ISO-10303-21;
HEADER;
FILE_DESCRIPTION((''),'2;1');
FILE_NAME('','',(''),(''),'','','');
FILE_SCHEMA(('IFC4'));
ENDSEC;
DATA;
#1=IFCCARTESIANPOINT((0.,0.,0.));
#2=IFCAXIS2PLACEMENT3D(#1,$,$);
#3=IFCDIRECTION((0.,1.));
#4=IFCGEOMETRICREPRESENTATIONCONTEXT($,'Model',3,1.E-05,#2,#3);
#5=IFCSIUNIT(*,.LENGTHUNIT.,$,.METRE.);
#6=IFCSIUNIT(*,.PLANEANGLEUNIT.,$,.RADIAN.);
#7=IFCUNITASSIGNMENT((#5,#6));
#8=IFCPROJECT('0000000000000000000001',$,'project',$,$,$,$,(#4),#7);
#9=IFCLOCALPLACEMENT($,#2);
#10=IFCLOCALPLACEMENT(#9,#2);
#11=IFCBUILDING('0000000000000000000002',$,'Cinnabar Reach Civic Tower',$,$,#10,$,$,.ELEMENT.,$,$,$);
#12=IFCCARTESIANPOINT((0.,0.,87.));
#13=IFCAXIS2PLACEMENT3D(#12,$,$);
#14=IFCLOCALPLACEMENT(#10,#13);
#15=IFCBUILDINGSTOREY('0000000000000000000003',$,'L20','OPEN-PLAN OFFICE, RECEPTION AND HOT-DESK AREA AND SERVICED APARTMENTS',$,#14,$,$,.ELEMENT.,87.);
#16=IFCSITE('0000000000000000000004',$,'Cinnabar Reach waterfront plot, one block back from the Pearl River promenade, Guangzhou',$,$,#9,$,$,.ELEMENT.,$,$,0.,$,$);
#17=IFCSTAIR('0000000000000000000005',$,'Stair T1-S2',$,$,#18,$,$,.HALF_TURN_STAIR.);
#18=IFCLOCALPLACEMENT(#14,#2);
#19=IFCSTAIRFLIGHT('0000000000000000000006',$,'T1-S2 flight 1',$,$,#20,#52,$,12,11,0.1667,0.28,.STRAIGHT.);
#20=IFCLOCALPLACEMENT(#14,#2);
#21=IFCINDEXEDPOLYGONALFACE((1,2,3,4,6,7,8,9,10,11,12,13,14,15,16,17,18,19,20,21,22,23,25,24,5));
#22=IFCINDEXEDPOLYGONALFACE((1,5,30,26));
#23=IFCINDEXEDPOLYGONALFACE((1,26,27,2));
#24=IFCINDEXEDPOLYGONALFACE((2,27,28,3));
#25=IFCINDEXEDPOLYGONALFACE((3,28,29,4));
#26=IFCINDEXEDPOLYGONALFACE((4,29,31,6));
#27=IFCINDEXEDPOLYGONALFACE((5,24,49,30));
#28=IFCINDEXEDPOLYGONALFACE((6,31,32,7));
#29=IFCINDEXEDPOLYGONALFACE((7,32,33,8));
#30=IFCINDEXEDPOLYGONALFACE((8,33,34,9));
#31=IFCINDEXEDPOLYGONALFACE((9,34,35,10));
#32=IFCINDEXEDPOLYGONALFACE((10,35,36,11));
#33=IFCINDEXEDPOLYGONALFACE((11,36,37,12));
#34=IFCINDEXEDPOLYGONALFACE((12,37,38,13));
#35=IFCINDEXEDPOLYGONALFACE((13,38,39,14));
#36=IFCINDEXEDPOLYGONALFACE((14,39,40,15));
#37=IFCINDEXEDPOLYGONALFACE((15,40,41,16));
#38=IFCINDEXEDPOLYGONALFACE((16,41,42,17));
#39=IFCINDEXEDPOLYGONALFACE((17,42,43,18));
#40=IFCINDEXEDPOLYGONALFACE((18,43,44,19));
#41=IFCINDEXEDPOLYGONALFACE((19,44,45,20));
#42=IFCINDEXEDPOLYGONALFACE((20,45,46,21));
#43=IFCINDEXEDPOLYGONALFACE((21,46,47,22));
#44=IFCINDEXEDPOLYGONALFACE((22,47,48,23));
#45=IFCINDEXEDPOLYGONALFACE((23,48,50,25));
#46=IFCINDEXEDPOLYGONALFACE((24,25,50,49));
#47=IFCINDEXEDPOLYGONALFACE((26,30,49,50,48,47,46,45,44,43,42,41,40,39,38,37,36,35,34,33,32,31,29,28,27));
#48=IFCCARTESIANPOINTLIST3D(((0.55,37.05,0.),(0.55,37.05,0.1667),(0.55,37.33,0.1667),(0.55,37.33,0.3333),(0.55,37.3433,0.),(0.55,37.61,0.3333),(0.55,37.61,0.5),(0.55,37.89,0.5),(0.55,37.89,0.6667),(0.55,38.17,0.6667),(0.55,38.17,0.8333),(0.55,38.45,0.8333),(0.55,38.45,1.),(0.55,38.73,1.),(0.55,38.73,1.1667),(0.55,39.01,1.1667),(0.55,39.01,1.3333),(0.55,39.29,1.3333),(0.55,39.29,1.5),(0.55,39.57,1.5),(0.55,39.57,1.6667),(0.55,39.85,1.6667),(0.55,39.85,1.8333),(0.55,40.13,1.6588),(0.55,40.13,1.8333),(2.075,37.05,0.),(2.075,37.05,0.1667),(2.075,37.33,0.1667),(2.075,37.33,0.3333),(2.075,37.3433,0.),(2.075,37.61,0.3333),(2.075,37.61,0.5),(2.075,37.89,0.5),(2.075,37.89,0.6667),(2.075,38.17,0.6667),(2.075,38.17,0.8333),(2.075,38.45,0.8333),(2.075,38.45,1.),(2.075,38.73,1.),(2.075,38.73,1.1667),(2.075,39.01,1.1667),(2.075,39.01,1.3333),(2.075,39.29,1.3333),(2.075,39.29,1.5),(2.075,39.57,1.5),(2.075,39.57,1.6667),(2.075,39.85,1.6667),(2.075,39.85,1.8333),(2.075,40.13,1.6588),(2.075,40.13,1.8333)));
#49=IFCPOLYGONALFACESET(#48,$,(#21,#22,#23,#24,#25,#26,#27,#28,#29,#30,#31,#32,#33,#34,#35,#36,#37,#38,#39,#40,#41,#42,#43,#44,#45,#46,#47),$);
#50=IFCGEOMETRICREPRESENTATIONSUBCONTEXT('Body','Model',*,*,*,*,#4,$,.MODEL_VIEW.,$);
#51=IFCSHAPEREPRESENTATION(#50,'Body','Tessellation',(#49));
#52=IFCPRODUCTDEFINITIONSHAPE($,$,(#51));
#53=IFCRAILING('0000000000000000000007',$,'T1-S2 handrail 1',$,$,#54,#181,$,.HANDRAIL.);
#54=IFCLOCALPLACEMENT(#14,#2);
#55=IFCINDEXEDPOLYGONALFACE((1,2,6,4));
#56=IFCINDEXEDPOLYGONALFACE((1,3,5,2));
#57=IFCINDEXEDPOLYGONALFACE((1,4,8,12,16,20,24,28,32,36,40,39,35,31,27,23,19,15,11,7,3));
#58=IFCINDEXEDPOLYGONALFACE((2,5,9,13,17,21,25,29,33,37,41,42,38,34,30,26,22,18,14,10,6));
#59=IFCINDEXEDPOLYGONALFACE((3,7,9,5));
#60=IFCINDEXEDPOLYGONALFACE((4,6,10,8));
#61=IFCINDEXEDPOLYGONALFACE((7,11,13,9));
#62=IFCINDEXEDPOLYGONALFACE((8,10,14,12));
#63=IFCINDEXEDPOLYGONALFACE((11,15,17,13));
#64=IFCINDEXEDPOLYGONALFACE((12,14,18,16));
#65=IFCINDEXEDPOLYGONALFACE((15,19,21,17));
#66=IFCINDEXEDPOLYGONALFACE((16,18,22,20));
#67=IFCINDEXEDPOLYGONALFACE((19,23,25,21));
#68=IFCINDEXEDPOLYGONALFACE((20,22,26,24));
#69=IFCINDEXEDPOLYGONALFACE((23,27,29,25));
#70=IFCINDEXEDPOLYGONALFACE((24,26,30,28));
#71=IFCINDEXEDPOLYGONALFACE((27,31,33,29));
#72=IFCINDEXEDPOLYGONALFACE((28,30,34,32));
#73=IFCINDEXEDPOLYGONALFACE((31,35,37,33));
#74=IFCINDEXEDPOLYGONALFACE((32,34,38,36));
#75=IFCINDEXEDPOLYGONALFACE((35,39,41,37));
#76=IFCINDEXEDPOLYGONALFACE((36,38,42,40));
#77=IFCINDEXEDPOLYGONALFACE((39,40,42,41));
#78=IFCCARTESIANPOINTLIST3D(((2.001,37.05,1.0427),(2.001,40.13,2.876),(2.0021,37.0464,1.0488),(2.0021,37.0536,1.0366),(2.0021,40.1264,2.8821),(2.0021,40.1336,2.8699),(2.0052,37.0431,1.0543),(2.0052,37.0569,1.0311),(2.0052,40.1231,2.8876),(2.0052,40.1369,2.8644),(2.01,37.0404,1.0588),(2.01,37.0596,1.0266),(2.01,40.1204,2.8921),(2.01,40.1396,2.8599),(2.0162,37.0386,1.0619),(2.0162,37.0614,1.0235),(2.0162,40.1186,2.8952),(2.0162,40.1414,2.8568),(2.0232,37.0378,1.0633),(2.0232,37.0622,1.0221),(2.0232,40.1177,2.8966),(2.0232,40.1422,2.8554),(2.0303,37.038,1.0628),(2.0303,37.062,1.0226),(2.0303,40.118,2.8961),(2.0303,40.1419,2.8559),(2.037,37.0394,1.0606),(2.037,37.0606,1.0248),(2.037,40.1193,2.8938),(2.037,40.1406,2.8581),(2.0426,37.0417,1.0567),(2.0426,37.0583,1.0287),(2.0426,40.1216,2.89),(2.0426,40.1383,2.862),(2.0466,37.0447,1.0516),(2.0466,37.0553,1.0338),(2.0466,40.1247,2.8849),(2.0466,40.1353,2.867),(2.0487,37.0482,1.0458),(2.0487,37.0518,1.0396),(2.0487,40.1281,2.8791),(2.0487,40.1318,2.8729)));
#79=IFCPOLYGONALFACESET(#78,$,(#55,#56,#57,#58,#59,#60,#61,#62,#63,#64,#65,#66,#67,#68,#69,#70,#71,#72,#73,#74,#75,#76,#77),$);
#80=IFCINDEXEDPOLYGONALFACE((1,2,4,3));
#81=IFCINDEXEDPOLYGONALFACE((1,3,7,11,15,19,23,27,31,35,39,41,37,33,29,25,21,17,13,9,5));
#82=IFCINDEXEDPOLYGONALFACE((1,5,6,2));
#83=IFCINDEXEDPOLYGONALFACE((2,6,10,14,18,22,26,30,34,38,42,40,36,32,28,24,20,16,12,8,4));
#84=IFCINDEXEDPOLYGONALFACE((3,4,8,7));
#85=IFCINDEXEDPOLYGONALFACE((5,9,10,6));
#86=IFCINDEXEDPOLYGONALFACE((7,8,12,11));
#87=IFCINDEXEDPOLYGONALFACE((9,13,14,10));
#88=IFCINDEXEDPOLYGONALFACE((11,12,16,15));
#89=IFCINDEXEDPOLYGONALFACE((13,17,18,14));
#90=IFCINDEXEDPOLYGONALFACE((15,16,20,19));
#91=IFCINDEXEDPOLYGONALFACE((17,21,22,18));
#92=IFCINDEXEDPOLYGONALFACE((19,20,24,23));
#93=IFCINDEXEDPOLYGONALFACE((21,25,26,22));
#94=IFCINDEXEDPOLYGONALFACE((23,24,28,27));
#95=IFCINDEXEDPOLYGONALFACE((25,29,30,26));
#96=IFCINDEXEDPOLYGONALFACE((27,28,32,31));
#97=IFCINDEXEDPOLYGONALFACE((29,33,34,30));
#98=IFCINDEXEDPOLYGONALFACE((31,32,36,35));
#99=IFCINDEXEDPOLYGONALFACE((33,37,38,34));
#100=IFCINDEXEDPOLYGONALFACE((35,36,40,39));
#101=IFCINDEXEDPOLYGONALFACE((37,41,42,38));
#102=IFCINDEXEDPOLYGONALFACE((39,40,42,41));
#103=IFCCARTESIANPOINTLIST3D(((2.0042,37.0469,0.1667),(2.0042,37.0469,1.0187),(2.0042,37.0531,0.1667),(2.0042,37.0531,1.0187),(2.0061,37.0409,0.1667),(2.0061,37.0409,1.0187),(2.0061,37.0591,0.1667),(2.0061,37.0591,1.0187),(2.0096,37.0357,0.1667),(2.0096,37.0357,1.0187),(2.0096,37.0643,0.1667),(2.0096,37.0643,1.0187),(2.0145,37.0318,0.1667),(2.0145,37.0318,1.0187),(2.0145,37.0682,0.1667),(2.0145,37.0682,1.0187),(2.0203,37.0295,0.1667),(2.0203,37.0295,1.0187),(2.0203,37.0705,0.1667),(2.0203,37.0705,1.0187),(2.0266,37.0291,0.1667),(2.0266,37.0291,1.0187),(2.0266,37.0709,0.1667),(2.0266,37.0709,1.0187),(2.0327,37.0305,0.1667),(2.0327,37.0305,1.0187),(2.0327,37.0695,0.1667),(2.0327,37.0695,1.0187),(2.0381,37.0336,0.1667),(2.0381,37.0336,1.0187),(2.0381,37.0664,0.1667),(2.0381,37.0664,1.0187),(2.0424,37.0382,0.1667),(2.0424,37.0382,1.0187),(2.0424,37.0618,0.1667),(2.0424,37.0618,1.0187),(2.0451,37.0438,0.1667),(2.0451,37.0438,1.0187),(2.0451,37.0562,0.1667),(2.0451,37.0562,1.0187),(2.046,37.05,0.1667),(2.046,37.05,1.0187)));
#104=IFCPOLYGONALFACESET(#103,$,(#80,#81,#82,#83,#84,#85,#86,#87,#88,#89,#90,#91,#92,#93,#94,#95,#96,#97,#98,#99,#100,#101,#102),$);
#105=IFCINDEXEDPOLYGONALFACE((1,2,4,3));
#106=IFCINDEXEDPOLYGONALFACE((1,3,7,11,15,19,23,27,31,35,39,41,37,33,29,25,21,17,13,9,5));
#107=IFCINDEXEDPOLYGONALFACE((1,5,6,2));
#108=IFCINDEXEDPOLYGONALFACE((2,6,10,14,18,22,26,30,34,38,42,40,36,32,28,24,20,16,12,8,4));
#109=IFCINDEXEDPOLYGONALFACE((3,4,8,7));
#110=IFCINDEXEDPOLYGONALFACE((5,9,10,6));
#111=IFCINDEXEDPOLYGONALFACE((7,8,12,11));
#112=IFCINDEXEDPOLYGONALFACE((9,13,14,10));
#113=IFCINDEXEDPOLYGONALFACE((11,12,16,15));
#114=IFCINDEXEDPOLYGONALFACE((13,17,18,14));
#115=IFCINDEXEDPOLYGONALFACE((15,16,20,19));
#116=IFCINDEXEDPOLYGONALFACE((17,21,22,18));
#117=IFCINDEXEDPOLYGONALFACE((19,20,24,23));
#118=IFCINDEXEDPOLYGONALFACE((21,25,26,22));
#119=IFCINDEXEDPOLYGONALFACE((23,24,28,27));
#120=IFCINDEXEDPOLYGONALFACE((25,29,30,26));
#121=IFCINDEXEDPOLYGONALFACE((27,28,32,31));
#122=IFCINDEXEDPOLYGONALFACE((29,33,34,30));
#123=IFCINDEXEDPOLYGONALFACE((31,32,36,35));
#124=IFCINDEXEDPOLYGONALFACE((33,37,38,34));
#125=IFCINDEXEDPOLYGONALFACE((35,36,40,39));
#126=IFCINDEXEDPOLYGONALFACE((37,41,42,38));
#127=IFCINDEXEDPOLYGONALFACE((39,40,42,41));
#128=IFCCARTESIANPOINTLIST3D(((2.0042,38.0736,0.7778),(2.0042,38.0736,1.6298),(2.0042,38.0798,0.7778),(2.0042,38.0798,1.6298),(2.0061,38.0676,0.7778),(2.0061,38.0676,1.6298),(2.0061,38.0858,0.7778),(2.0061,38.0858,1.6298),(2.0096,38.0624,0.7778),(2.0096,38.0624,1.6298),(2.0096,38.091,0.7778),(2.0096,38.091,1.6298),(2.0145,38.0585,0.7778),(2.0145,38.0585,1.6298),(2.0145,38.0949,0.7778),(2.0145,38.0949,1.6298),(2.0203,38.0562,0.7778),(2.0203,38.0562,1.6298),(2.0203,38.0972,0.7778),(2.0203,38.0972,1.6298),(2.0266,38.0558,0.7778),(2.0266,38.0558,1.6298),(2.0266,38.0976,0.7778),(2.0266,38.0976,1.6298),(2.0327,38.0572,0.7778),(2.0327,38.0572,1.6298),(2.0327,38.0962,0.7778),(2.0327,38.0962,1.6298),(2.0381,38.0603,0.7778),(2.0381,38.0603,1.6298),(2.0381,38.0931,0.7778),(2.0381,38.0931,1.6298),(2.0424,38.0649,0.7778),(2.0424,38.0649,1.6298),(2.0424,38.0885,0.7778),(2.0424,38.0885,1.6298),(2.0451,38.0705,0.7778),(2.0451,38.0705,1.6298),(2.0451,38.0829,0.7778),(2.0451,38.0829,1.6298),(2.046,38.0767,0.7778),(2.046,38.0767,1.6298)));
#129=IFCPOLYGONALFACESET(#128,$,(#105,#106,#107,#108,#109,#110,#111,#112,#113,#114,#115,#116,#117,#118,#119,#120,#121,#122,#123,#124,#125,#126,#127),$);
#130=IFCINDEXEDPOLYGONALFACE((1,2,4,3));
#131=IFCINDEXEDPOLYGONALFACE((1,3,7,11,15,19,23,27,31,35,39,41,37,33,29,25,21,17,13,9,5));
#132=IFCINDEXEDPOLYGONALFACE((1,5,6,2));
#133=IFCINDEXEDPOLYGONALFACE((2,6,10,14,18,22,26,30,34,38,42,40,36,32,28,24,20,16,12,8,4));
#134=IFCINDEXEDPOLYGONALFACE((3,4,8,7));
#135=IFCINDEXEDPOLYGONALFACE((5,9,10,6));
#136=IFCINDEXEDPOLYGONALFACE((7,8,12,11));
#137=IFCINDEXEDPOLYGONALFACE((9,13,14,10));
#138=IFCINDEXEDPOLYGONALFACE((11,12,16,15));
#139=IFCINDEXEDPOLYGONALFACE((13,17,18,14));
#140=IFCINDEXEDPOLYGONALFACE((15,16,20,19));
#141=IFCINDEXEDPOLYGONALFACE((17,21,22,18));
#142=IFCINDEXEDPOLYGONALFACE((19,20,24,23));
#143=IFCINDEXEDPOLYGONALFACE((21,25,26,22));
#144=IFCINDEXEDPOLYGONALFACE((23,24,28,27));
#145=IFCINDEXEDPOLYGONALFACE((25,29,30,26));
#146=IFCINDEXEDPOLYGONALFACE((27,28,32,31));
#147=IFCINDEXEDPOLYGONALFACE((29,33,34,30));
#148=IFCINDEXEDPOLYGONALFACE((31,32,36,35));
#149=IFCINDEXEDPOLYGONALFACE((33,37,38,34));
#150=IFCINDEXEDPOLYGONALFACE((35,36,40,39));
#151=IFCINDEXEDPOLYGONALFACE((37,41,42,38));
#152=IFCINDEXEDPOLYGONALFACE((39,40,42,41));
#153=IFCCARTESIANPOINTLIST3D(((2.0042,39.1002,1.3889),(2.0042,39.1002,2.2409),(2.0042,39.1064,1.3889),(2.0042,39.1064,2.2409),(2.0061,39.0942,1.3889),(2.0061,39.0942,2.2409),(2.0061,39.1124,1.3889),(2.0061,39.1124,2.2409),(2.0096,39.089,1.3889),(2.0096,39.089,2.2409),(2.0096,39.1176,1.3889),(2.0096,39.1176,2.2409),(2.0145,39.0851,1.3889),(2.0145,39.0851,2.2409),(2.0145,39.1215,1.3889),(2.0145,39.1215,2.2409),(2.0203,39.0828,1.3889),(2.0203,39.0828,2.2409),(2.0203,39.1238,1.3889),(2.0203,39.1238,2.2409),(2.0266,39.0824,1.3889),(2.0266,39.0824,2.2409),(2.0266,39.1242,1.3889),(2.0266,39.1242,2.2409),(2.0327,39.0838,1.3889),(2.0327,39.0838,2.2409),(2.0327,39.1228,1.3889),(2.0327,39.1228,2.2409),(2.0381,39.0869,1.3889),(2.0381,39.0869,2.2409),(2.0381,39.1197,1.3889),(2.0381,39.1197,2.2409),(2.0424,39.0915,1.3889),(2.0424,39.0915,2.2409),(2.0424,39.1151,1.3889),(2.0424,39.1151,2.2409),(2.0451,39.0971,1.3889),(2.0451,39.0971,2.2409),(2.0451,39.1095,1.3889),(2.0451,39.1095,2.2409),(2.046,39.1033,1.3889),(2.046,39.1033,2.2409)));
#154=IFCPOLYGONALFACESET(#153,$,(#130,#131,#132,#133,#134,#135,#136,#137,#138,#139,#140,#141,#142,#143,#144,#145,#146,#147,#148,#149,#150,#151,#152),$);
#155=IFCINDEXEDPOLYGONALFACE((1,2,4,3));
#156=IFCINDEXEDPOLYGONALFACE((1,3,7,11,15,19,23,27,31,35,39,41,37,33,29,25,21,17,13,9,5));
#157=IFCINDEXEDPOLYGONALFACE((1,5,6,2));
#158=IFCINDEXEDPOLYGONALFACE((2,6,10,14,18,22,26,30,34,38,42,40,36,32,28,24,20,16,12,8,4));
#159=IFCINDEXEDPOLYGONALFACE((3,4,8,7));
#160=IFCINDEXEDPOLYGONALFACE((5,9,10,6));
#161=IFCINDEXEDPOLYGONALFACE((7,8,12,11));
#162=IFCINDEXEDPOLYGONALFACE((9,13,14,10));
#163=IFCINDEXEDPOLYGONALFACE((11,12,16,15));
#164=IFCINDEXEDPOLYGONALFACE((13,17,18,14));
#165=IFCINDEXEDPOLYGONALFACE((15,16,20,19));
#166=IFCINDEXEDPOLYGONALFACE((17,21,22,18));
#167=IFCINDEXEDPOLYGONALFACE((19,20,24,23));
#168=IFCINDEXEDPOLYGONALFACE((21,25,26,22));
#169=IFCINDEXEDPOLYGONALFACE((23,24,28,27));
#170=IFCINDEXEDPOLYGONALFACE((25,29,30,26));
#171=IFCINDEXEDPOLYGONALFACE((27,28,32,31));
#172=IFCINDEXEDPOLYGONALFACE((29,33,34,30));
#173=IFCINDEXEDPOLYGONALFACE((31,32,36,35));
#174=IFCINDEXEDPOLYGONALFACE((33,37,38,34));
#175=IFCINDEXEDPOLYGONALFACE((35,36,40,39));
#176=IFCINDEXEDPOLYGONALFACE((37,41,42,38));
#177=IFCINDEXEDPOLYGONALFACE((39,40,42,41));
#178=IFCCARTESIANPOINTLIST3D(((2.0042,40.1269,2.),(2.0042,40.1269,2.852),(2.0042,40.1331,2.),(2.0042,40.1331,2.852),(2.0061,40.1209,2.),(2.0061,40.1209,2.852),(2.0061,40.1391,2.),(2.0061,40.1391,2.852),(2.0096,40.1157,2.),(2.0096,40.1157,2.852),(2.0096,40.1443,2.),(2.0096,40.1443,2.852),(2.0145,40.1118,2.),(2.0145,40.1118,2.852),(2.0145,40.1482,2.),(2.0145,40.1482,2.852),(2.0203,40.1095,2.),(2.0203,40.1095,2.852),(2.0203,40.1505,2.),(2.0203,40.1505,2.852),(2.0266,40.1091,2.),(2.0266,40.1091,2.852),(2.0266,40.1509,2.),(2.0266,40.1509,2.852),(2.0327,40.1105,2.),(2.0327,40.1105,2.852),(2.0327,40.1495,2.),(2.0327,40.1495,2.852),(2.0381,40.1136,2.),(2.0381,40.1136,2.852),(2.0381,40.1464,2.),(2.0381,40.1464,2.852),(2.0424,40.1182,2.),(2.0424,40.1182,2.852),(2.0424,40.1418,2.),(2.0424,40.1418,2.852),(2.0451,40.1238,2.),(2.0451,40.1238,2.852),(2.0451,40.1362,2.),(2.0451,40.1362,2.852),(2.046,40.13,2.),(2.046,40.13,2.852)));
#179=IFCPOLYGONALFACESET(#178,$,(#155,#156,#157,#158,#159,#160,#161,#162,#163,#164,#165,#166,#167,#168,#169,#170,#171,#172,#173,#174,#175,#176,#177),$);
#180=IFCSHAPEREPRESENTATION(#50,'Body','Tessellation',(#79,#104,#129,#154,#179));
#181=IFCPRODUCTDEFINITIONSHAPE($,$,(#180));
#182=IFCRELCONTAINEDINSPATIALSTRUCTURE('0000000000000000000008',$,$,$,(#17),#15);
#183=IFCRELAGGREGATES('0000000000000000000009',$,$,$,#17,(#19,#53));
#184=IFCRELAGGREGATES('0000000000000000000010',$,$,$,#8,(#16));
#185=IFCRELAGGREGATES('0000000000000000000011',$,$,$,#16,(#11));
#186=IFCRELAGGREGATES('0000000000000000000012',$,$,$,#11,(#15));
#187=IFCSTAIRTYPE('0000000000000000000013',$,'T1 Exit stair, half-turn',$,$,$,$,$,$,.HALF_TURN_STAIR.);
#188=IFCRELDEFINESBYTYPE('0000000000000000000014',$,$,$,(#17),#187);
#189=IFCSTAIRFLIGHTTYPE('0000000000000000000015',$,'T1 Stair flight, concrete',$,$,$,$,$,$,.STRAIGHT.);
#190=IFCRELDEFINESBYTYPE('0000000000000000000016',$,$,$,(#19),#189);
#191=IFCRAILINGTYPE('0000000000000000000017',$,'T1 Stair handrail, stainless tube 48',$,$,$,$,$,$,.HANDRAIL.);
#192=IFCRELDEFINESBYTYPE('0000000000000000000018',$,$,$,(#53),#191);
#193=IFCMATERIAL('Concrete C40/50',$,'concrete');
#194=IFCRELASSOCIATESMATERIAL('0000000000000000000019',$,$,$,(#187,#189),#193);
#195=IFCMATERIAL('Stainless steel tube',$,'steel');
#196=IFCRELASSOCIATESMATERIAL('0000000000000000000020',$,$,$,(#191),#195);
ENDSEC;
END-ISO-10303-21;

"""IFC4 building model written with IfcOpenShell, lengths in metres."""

from ifc_helpers import new_model, si_unit, direction, frame, origin, origin_2d, place, context, subcontext, project, spatial, polyline, circle, outline, extrude, material, type_object, element, aggregate, save


model = new_model("IFC4")

# Units and contexts
model_context = context("Model", 3, precision=1e-05, world=origin(), true_north=direction((0.0, 1.0)))
body_context = subcontext(model_context, "Body", "Model", "MODEL_VIEW")
ifc_project = project(units=[si_unit("LENGTHUNIT", "METRE"), si_unit("PLANEANGLEUNIT", "RADIAN")], contexts=[model_context])

# Site, building, storey
site_placement = place(None, origin())
site = spatial("IfcSite", under=ifc_project, at=site_placement, Name="Cinnabar Reach waterfront plot, one block back from the Pearl River promenade, Guangzhou", CompositionType="ELEMENT", RefElevation=0.0)
building_placement = place(site_placement, origin())
building = spatial("IfcBuilding", under=site, at=building_placement, Name="Cinnabar Reach Civic Tower", CompositionType="ELEMENT")
storey_placement = place(building_placement, frame((0.0, 0.0, 87.0)))
storey = spatial("IfcBuildingStorey", under=building, at=storey_placement, Name="L20", Description="OPEN-PLAN OFFICE, RECEPTION AND HOT-DESK AREA AND SERVICED APARTMENTS", CompositionType="ELEMENT", Elevation=87.0)

# Stair, stair flight, railing
ifc_material_1 = material(Name="Concrete C40/50", Category="concrete")
stair_type = type_object("IfcStairType", Name="T1 Exit stair, half-turn", PredefinedType="HALF_TURN_STAIR", material=ifc_material_1)
stair_placement = place(storey_placement, origin())
stair = element("IfcStair", 1, at=stair_placement, inside=storey, type_object=stair_type, Name="Stair T1-S2", PredefinedType="HALF_TURN_STAIR")
stair_flight_type = type_object("IfcStairFlightType", Name="T1 Stair flight, concrete", PredefinedType="STRAIGHT", material=ifc_material_1)
stair_flight_placement = place(storey_placement, frame((1.3125, 37.05, 0.0), z_axis=(0.0, 0.0, 1.0), x_axis=(0.0, 1.0, 0.0)))
stair_flight = element("IfcStairFlight", 2, at=stair_flight_placement, type_object=stair_flight_type, Name="T1-S2 flight 1", NumberOfRisers=12, NumberOfTreads=11, PredefinedType="STRAIGHT", RiserHeight=0.1667, TreadLength=0.28, context=body_context, shape_type="SweptSolid", body=[
    extrude(outline(polyline([(0.0, 0.0), (0.0, 0.1667), (0.28, 0.1667), (0.28, 0.3333), (0.56, 0.3333), (0.56, 0.5), (0.84, 0.5), (0.84, 0.6667), (1.12, 0.6667), (1.12, 0.8333), (1.4, 0.8333), (1.4, 1.0), (1.68, 1.0), (1.68, 1.1667), (1.96, 1.1667), (1.96, 1.3333), (2.24, 1.3333), (2.24, 1.5), (2.52, 1.5), (2.52, 1.6667), (2.8, 1.6667), (2.8, 1.8333), (3.08, 1.8333), (3.08, 2.0), (3.08, 1.6588), (0.2933, 0.0), (0.0, 0.0)])), frame((0.0, 0.7625, 0.0), z_axis=(0.0, -1.0, 0.0), x_axis=(1.0, 0.0, 0.0)), (0.0, 0.0, 1.0), 1.525),
])
ifc_material_2 = material(Name="Stainless steel tube", Category="steel")
railing_type = type_object("IfcRailingType", Name="T1 Stair handrail, stainless tube 48", PredefinedType="HANDRAIL", material=ifc_material_2)
railing_placement = place(storey_placement, frame((2.025, 37.05, 0.1667)))
railing = element("IfcRailing", 3, at=railing_placement, type_object=railing_type, Name="T1-S2 handrail 1", PredefinedType="HANDRAIL", context=body_context, shape_type="SweptSolid", body=[
    extrude(circle(Radius=0.024, at=origin_2d()), frame((0.0, 0.0, 0.876), z_axis=(0.0, 0.859297, 0.511477), x_axis=(-1.0, 0.0, 0.0)), (0.0, 0.0, 1.0), 3.5843),
    extrude(circle(Radius=0.021, at=origin_2d()), origin(), (0.0, 0.0, 1.0), 0.852),
    extrude(circle(Radius=0.021, at=origin_2d()), frame((0.0, 1.0267, 0.6111)), (0.0, 0.0, 1.0), 0.852),
    extrude(circle(Radius=0.021, at=origin_2d()), frame((0.0, 2.0533, 1.2222)), (0.0, 0.0, 1.0), 0.852),
    extrude(circle(Radius=0.021, at=origin_2d()), frame((0.0, 3.08, 1.8333)), (0.0, 0.0, 1.0), 0.852),
])
aggregate(stair, [stair_flight, railing])

save(model, "model.ifc")
